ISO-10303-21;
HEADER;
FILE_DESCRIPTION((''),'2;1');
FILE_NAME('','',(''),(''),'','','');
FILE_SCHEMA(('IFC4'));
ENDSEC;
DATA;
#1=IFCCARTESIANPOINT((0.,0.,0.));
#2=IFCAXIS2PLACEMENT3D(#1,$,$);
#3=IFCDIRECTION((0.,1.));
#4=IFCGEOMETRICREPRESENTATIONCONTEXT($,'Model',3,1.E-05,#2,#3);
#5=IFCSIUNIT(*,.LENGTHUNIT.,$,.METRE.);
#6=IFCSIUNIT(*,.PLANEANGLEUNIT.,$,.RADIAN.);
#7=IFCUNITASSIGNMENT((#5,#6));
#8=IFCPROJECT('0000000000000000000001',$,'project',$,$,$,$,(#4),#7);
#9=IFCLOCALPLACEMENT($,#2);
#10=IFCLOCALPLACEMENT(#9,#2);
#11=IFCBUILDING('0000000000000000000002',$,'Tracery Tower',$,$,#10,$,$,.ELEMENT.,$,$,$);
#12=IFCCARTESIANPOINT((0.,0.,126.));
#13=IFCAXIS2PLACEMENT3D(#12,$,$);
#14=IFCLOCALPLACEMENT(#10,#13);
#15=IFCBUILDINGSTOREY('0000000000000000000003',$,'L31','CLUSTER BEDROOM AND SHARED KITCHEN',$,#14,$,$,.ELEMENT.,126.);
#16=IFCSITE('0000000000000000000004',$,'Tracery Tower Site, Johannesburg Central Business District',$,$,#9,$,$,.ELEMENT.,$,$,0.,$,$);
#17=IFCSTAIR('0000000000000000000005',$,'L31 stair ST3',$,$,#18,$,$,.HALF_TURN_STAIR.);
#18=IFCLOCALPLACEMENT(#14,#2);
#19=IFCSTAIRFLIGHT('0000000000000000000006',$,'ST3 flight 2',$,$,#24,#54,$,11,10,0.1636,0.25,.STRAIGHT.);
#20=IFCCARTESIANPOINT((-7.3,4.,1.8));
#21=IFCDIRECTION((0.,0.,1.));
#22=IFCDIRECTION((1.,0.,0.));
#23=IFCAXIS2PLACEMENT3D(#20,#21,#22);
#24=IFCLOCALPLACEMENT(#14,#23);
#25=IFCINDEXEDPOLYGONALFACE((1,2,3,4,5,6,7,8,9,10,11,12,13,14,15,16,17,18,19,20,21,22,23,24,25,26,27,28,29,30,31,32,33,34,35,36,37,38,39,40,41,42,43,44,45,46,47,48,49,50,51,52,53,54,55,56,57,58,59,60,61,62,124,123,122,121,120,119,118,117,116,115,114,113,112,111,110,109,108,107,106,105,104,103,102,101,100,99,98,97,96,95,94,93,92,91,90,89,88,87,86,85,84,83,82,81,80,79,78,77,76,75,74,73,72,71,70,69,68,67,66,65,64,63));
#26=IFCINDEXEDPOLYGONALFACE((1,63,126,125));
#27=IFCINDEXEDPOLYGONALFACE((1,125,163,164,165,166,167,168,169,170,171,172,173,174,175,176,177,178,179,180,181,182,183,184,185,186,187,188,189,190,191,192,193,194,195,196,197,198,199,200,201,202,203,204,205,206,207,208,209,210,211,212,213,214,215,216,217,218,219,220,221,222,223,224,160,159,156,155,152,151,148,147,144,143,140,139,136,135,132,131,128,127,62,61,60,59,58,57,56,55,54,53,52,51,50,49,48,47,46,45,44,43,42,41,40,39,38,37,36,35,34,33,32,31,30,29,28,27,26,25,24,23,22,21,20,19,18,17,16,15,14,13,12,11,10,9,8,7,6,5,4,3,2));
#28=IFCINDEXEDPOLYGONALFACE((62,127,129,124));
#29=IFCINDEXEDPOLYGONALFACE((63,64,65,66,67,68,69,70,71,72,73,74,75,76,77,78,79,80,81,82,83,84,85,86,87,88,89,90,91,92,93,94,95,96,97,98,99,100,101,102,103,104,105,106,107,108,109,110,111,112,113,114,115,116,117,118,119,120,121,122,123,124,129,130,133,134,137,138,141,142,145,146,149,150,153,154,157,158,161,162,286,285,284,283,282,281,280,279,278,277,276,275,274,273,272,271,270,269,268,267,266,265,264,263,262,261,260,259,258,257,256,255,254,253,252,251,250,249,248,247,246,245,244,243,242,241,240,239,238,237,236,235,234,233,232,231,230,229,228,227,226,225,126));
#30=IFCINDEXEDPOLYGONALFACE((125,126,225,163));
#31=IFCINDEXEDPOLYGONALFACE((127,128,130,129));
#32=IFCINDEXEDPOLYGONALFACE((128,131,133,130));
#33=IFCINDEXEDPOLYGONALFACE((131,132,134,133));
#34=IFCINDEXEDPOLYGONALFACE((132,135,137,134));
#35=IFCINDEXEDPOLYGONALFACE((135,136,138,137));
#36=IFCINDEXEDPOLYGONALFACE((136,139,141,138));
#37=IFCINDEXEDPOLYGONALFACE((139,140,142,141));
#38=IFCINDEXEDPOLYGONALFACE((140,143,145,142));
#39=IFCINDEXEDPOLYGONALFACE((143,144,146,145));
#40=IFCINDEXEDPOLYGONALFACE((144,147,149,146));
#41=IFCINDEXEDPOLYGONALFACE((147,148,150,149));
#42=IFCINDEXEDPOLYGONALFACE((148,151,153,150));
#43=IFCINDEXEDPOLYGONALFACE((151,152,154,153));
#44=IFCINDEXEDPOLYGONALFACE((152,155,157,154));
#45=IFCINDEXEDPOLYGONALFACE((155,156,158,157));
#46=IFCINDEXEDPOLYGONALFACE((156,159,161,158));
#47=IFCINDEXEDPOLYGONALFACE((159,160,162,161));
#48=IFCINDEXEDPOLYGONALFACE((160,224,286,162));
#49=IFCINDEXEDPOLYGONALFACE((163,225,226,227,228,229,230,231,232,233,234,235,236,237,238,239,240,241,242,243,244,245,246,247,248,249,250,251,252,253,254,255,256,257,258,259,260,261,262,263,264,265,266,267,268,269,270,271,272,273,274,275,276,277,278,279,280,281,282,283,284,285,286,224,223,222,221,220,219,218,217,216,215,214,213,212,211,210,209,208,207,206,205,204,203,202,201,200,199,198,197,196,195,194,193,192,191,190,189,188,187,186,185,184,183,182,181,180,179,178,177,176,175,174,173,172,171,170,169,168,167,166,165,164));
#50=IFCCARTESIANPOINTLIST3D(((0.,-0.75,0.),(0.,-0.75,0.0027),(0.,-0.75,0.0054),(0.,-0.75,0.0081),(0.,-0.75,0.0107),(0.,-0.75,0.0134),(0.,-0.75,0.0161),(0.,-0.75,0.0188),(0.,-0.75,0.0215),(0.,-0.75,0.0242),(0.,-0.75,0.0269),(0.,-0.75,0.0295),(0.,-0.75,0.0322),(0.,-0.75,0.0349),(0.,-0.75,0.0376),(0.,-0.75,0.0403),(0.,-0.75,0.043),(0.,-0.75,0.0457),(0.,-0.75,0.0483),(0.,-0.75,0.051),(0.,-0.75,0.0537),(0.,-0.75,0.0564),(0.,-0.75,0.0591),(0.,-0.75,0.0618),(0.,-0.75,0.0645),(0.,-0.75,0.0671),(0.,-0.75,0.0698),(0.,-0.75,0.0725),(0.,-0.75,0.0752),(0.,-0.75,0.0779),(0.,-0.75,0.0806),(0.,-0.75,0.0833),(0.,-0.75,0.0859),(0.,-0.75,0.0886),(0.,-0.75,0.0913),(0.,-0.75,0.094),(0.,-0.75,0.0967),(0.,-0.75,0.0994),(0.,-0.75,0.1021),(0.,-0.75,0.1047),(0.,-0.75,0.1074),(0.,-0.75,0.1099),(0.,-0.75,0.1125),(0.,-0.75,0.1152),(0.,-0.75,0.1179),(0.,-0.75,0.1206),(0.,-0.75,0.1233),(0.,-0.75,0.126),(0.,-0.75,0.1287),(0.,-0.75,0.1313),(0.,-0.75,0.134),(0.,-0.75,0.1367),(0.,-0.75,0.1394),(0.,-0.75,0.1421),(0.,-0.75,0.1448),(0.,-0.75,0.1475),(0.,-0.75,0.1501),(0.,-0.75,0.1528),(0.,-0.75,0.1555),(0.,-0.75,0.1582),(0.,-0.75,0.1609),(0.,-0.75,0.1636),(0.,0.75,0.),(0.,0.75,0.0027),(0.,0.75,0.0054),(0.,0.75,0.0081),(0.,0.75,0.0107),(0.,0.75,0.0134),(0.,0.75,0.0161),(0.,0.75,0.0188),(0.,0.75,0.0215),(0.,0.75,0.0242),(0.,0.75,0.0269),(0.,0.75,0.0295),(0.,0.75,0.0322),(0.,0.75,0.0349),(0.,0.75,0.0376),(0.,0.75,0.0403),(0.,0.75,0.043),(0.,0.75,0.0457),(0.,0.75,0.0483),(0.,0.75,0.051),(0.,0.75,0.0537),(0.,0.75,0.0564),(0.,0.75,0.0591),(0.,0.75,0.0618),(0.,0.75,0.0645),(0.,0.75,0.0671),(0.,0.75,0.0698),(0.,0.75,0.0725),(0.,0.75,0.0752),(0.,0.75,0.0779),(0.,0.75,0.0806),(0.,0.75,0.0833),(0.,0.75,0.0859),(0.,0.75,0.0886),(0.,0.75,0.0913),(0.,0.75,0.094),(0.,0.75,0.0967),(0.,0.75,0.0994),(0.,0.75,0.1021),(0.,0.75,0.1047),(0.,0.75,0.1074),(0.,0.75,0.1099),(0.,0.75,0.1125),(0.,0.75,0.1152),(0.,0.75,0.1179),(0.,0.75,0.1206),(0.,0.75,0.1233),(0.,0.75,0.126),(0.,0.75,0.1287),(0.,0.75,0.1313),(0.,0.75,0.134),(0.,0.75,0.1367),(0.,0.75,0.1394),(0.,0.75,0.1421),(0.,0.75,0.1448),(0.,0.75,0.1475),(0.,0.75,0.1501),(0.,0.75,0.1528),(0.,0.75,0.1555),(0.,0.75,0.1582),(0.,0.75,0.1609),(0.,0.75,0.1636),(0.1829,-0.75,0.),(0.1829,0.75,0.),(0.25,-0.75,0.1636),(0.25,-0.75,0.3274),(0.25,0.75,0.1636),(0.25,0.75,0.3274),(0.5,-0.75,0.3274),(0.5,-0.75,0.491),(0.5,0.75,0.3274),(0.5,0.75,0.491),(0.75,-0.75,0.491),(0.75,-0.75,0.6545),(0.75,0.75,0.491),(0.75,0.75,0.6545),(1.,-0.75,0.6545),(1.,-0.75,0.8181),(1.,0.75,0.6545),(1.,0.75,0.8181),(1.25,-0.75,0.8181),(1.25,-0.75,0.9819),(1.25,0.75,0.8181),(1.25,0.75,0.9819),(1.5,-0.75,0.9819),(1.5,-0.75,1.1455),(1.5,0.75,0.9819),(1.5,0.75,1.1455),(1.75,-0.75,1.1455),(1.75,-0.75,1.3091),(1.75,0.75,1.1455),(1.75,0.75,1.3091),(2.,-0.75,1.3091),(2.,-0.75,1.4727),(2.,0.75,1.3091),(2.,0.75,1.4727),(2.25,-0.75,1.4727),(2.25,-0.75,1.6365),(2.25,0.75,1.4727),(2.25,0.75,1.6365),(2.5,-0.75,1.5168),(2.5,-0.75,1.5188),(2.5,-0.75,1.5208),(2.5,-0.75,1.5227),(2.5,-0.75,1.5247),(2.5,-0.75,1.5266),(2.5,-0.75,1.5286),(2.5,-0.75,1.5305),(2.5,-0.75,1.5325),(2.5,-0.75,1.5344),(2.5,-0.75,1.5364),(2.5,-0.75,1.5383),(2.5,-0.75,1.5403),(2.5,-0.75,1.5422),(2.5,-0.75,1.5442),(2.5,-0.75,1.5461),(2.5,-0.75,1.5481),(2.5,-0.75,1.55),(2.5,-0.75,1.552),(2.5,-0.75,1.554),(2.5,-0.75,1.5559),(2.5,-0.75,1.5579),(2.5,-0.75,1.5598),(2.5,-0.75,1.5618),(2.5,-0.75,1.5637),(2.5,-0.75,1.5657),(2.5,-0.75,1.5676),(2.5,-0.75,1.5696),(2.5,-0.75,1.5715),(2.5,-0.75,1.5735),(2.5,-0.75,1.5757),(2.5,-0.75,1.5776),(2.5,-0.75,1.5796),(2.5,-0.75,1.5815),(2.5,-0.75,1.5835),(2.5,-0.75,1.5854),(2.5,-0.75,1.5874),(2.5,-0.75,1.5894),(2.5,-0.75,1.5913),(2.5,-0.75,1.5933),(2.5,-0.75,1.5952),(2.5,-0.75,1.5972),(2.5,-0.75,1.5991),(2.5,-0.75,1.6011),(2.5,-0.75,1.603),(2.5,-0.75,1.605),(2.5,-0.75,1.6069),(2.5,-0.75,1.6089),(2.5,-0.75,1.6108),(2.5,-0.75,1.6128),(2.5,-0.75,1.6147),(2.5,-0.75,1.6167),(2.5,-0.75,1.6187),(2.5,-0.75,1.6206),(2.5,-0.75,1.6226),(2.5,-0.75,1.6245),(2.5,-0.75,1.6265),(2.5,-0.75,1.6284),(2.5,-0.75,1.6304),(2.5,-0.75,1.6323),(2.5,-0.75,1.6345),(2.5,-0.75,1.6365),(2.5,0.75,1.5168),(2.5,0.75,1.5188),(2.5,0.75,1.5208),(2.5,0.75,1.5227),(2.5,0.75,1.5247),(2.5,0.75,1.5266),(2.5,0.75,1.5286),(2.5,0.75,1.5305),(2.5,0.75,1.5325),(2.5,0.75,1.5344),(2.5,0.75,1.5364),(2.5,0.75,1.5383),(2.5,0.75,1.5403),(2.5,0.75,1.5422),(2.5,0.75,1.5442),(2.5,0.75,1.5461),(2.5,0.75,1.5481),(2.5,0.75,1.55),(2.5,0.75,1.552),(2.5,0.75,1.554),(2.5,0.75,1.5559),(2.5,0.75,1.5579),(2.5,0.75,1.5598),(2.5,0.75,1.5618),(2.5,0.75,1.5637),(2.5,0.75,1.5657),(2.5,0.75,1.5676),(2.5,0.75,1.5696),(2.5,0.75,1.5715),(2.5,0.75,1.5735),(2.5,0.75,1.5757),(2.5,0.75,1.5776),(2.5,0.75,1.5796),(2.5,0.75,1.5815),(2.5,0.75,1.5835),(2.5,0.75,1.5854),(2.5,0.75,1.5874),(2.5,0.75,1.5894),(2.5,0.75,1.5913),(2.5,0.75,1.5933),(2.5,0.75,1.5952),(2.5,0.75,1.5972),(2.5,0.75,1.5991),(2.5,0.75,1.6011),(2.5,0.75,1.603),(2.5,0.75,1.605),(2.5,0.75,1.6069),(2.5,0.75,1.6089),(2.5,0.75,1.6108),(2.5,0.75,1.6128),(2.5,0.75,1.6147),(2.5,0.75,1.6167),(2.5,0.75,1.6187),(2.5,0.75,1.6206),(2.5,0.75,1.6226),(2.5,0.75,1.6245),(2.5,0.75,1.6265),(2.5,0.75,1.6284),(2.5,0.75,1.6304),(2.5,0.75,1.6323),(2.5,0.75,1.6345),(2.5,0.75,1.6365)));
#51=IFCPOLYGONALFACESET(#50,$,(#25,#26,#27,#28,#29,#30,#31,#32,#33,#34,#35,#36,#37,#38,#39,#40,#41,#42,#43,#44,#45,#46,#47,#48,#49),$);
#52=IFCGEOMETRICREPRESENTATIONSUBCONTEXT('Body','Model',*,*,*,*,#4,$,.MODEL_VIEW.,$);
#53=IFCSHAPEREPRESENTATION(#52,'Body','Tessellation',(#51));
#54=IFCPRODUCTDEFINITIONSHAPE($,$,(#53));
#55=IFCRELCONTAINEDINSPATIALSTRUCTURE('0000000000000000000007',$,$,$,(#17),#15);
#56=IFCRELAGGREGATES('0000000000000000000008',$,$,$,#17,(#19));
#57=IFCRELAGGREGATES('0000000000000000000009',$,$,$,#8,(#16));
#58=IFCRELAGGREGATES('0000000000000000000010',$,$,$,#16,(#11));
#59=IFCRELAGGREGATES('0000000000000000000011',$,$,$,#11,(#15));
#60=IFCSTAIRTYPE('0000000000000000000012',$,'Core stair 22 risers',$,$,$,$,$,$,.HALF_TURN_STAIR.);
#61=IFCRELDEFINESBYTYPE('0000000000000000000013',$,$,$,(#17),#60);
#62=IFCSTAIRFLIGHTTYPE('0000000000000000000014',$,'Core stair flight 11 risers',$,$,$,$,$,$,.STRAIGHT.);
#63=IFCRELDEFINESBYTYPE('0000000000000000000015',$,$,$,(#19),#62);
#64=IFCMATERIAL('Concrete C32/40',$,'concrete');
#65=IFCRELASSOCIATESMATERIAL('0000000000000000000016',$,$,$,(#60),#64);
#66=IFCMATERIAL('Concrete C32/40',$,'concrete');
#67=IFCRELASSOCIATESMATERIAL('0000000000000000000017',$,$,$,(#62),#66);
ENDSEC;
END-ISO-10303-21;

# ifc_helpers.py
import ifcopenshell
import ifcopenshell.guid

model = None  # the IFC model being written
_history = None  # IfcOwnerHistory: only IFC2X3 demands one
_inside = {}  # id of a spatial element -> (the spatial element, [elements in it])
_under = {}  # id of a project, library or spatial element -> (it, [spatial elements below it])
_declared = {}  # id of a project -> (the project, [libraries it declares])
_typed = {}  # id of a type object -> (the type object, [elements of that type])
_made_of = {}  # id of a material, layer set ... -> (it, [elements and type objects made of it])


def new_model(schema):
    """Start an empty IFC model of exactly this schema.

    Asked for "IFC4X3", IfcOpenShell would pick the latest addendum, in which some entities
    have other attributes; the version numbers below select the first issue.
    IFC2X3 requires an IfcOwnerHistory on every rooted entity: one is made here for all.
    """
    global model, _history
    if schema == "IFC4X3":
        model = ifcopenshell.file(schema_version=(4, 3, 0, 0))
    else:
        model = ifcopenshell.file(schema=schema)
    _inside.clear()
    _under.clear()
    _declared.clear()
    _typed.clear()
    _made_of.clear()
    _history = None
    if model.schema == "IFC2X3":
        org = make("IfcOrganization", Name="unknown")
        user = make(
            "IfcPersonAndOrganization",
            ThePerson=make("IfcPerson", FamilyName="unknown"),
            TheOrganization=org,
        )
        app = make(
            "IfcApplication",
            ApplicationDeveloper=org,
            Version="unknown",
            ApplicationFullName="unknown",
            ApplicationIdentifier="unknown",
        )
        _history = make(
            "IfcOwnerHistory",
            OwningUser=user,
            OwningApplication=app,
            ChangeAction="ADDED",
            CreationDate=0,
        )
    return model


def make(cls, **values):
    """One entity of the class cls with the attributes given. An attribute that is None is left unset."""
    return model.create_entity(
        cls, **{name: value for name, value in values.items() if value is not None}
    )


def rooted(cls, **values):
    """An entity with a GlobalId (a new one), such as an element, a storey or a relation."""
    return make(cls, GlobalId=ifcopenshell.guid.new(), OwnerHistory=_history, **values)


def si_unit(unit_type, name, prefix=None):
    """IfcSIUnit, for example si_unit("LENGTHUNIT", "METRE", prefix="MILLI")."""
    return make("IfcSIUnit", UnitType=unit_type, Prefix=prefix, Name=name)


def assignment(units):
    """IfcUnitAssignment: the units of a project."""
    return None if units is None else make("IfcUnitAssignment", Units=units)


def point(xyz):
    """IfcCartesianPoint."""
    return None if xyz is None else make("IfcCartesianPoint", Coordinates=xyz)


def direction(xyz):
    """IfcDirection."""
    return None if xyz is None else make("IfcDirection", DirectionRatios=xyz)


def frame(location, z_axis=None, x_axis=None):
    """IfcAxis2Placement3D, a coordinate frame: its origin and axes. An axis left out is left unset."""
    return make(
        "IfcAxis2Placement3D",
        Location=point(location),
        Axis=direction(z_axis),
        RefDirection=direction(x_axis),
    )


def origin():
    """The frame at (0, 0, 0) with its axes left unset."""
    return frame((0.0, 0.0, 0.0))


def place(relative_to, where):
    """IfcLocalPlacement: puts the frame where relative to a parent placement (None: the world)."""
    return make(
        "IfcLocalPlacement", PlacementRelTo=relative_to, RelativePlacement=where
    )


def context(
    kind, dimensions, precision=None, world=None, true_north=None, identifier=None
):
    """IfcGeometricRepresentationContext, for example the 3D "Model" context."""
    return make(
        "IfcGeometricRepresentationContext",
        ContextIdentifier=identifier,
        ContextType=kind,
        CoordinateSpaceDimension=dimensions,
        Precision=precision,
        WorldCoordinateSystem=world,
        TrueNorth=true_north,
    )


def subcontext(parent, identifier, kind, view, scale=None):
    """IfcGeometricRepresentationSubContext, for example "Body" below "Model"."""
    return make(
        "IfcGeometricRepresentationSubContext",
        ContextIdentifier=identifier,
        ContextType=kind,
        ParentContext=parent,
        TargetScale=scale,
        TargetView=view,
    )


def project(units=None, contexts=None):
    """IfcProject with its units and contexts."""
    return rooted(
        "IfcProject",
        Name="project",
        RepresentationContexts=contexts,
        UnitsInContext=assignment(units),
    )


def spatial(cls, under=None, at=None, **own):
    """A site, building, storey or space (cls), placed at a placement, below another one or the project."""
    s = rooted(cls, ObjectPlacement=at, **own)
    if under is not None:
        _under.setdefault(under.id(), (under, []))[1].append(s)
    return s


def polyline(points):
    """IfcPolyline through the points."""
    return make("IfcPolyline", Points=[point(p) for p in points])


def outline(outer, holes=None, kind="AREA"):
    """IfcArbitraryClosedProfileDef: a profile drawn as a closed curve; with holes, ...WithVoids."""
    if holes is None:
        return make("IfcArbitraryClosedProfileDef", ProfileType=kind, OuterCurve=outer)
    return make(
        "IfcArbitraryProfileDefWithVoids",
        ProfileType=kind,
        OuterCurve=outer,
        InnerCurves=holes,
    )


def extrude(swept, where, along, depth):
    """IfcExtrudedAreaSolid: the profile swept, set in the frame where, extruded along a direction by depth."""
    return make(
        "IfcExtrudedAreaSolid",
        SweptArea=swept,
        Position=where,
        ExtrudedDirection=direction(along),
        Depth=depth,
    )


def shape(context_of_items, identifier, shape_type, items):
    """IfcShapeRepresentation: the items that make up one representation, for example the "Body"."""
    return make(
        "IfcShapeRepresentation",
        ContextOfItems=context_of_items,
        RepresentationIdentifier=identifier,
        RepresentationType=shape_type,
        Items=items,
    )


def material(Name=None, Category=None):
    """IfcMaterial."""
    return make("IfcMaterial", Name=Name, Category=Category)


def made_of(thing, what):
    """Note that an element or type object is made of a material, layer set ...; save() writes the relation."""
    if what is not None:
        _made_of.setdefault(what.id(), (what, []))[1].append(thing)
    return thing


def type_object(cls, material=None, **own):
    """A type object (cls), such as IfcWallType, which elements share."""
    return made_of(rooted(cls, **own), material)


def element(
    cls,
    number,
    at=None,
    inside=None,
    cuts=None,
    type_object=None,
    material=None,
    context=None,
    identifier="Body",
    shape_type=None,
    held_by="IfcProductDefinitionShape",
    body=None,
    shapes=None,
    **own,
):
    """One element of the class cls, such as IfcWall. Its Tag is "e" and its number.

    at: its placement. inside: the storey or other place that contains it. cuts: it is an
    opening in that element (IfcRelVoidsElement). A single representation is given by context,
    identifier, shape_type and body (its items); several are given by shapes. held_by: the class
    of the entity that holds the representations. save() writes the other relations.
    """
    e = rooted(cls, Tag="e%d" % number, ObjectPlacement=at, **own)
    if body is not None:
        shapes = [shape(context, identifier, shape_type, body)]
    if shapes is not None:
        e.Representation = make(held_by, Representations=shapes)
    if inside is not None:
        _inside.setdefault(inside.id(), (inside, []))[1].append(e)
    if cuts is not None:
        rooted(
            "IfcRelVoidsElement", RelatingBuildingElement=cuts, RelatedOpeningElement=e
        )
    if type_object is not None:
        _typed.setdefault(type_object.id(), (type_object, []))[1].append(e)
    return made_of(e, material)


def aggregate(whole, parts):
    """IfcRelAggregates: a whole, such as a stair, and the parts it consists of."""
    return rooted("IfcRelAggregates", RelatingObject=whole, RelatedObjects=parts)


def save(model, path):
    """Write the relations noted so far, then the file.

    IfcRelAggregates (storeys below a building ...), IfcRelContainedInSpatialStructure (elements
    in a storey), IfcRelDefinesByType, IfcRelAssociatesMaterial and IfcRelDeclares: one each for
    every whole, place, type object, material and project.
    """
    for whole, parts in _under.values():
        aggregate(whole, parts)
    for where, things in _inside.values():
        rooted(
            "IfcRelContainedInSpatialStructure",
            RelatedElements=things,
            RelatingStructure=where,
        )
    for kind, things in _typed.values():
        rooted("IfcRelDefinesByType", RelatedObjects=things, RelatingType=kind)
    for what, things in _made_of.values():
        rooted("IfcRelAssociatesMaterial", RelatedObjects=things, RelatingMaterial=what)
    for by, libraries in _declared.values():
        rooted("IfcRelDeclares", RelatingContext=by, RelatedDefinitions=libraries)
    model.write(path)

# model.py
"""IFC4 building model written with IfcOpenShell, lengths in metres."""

from ifc_helpers import new_model, si_unit, direction, frame, origin, place, context, subcontext, project, spatial, polyline, outline, extrude, material, type_object, element, aggregate, save


model = new_model("IFC4")

# Units and contexts
model_context = context("Model", 3, precision=1e-05, world=origin(), true_north=direction((0.0, 1.0)))
body_context = subcontext(model_context, "Body", "Model", "MODEL_VIEW")
ifc_project = project(units=[si_unit("LENGTHUNIT", "METRE"), si_unit("PLANEANGLEUNIT", "RADIAN")], contexts=[model_context])

# Site, building, storey
site_placement = place(None, origin())
site = spatial("IfcSite", under=ifc_project, at=site_placement, Name="Tracery Tower Site, Johannesburg Central Business District", CompositionType="ELEMENT", RefElevation=0.0)
building_placement = place(site_placement, origin())
building = spatial("IfcBuilding", under=site, at=building_placement, Name="Tracery Tower", CompositionType="ELEMENT")
storey_placement = place(building_placement, frame((0.0, 0.0, 126.0)))
storey = spatial("IfcBuildingStorey", under=building, at=storey_placement, Name="L31", Description="CLUSTER BEDROOM AND SHARED KITCHEN", CompositionType="ELEMENT", Elevation=126.0)

# Stair, stair flight
ifc_material_1 = material(Name="Concrete C32/40", Category="concrete")
stair_type = type_object("IfcStairType", Name="Core stair 22 risers", PredefinedType="HALF_TURN_STAIR", material=ifc_material_1)
stair_placement = place(storey_placement, origin())
stair = element("IfcStair", 1, at=stair_placement, inside=storey, type_object=stair_type, Name="L31 stair ST3", PredefinedType="HALF_TURN_STAIR")
ifc_material_2 = material(Name="Concrete C32/40", Category="concrete")
stair_flight_type = type_object("IfcStairFlightType", Name="Core stair flight 11 risers", PredefinedType="STRAIGHT", material=ifc_material_2)
stair_flight_1_placement = place(storey_placement, frame((-7.3, 4.0, 1.8), z_axis=(0.0, 0.0, 1.0), x_axis=(1.0, 0.0, 0.0)))
stair_flight_1 = element("IfcStairFlight", 2, at=stair_flight_1_placement, type_object=stair_flight_type, Name="ST3 flight 2", NumberOfRisers=11, NumberOfTreads=10, PredefinedType="STRAIGHT", RiserHeight=0.1636, TreadLength=0.25, context=body_context, shape_type="SweptSolid", body=[
    extrude(outline(polyline([(0.0, 0.0), (0.0, 0.0027), (0.0, 0.0054), (0.0, 0.0081), (0.0, 0.0107), (0.0, 0.0134), (0.0, 0.0161), (0.0, 0.0188), (0.0, 0.0215), (0.0, 0.0242), (0.0, 0.0269), (0.0, 0.0295), (0.0, 0.0322), (0.0, 0.0349), (0.0, 0.0376), (0.0, 0.0403), (0.0, 0.043), (0.0, 0.0457), (0.0, 0.0483), (0.0, 0.051), (0.0, 0.0537), (0.0, 0.0564), (0.0, 0.0591), (0.0, 0.0618), (0.0, 0.0645), (0.0, 0.0671), (0.0, 0.0698), (0.0, 0.0725), (0.0, 0.0752), (0.0, 0.0779), (0.0, 0.0806), (0.0, 0.0833), (0.0, 0.0859), (0.0, 0.0886), (0.0, 0.0913), (0.0, 0.094), (0.0, 0.0967), (0.0, 0.0994), (0.0, 0.1021), (0.0, 0.1047), (0.0, 0.1074), (0.0, 0.1099), (0.0, 0.1125), (0.0, 0.1152), (0.0, 0.1179), (0.0, 0.1206), (0.0, 0.1233), (0.0, 0.126), (0.0, 0.1287), (0.0, 0.1313), (0.0, 0.134), (0.0, 0.1367), (0.0, 0.1394), (0.0, 0.1421), (0.0, 0.1448), (0.0, 0.1475), (0.0, 0.1501), (0.0, 0.1528), (0.0, 0.1555), (0.0, 0.1582), (0.0, 0.1609), (0.0, 0.1636), (0.25, 0.1636), (0.25, 0.3274), (0.5, 0.3274), (0.5, 0.491), (0.75, 0.491), (0.75, 0.6545), (1.0, 0.6545), (1.0, 0.8181), (1.25, 0.8181), (1.25, 0.9819), (1.5, 0.9819), (1.5, 1.1455), (1.75, 1.1455), (1.75, 1.3091), (2.0, 1.3091), (2.0, 1.4727), (2.25, 1.4727), (2.25, 1.6365), (2.5, 1.6365), (2.5, 1.6345), (2.5, 1.6323), (2.5, 1.6304), (2.5, 1.6284), (2.5, 1.6265), (2.5, 1.6245), (2.5, 1.6226), (2.5, 1.6206), (2.5, 1.6187), (2.5, 1.6167), (2.5, 1.6147), (2.5, 1.6128), (2.5, 1.6108), (2.5, 1.6089), (2.5, 1.6069), (2.5, 1.605), (2.5, 1.603), (2.5, 1.6011), (2.5, 1.5991), (2.5, 1.5972), (2.5, 1.5952), (2.5, 1.5933), (2.5, 1.5913), (2.5, 1.5894), (2.5, 1.5874), (2.5, 1.5854), (2.5, 1.5835), (2.5, 1.5815), (2.5, 1.5796), (2.5, 1.5776), (2.5, 1.5757), (2.5, 1.5735), (2.5, 1.5715), (2.5, 1.5696), (2.5, 1.5676), (2.5, 1.5657), (2.5, 1.5637), (2.5, 1.5618), (2.5, 1.5598), (2.5, 1.5579), (2.5, 1.5559), (2.5, 1.554), (2.5, 1.552), (2.5, 1.55), (2.5, 1.5481), (2.5, 1.5461), (2.5, 1.5442), (2.5, 1.5422), (2.5, 1.5403), (2.5, 1.5383), (2.5, 1.5364), (2.5, 1.5344), (2.5, 1.5325), (2.5, 1.5305), (2.5, 1.5286), (2.5, 1.5266), (2.5, 1.5247), (2.5, 1.5227), (2.5, 1.5208), (2.5, 1.5188), (2.5, 1.5168), (0.1829, 0.0), (0.0, 0.0)])), frame((0.0, 0.75, 0.0), z_axis=(0.0, -1.0, 0.0), x_axis=(1.0, 0.0, 0.0)), (0.0, 0.0, 1.0), 1.5),
])
aggregate(stair, [stair_flight_1])

save(model, "model.ifc")
